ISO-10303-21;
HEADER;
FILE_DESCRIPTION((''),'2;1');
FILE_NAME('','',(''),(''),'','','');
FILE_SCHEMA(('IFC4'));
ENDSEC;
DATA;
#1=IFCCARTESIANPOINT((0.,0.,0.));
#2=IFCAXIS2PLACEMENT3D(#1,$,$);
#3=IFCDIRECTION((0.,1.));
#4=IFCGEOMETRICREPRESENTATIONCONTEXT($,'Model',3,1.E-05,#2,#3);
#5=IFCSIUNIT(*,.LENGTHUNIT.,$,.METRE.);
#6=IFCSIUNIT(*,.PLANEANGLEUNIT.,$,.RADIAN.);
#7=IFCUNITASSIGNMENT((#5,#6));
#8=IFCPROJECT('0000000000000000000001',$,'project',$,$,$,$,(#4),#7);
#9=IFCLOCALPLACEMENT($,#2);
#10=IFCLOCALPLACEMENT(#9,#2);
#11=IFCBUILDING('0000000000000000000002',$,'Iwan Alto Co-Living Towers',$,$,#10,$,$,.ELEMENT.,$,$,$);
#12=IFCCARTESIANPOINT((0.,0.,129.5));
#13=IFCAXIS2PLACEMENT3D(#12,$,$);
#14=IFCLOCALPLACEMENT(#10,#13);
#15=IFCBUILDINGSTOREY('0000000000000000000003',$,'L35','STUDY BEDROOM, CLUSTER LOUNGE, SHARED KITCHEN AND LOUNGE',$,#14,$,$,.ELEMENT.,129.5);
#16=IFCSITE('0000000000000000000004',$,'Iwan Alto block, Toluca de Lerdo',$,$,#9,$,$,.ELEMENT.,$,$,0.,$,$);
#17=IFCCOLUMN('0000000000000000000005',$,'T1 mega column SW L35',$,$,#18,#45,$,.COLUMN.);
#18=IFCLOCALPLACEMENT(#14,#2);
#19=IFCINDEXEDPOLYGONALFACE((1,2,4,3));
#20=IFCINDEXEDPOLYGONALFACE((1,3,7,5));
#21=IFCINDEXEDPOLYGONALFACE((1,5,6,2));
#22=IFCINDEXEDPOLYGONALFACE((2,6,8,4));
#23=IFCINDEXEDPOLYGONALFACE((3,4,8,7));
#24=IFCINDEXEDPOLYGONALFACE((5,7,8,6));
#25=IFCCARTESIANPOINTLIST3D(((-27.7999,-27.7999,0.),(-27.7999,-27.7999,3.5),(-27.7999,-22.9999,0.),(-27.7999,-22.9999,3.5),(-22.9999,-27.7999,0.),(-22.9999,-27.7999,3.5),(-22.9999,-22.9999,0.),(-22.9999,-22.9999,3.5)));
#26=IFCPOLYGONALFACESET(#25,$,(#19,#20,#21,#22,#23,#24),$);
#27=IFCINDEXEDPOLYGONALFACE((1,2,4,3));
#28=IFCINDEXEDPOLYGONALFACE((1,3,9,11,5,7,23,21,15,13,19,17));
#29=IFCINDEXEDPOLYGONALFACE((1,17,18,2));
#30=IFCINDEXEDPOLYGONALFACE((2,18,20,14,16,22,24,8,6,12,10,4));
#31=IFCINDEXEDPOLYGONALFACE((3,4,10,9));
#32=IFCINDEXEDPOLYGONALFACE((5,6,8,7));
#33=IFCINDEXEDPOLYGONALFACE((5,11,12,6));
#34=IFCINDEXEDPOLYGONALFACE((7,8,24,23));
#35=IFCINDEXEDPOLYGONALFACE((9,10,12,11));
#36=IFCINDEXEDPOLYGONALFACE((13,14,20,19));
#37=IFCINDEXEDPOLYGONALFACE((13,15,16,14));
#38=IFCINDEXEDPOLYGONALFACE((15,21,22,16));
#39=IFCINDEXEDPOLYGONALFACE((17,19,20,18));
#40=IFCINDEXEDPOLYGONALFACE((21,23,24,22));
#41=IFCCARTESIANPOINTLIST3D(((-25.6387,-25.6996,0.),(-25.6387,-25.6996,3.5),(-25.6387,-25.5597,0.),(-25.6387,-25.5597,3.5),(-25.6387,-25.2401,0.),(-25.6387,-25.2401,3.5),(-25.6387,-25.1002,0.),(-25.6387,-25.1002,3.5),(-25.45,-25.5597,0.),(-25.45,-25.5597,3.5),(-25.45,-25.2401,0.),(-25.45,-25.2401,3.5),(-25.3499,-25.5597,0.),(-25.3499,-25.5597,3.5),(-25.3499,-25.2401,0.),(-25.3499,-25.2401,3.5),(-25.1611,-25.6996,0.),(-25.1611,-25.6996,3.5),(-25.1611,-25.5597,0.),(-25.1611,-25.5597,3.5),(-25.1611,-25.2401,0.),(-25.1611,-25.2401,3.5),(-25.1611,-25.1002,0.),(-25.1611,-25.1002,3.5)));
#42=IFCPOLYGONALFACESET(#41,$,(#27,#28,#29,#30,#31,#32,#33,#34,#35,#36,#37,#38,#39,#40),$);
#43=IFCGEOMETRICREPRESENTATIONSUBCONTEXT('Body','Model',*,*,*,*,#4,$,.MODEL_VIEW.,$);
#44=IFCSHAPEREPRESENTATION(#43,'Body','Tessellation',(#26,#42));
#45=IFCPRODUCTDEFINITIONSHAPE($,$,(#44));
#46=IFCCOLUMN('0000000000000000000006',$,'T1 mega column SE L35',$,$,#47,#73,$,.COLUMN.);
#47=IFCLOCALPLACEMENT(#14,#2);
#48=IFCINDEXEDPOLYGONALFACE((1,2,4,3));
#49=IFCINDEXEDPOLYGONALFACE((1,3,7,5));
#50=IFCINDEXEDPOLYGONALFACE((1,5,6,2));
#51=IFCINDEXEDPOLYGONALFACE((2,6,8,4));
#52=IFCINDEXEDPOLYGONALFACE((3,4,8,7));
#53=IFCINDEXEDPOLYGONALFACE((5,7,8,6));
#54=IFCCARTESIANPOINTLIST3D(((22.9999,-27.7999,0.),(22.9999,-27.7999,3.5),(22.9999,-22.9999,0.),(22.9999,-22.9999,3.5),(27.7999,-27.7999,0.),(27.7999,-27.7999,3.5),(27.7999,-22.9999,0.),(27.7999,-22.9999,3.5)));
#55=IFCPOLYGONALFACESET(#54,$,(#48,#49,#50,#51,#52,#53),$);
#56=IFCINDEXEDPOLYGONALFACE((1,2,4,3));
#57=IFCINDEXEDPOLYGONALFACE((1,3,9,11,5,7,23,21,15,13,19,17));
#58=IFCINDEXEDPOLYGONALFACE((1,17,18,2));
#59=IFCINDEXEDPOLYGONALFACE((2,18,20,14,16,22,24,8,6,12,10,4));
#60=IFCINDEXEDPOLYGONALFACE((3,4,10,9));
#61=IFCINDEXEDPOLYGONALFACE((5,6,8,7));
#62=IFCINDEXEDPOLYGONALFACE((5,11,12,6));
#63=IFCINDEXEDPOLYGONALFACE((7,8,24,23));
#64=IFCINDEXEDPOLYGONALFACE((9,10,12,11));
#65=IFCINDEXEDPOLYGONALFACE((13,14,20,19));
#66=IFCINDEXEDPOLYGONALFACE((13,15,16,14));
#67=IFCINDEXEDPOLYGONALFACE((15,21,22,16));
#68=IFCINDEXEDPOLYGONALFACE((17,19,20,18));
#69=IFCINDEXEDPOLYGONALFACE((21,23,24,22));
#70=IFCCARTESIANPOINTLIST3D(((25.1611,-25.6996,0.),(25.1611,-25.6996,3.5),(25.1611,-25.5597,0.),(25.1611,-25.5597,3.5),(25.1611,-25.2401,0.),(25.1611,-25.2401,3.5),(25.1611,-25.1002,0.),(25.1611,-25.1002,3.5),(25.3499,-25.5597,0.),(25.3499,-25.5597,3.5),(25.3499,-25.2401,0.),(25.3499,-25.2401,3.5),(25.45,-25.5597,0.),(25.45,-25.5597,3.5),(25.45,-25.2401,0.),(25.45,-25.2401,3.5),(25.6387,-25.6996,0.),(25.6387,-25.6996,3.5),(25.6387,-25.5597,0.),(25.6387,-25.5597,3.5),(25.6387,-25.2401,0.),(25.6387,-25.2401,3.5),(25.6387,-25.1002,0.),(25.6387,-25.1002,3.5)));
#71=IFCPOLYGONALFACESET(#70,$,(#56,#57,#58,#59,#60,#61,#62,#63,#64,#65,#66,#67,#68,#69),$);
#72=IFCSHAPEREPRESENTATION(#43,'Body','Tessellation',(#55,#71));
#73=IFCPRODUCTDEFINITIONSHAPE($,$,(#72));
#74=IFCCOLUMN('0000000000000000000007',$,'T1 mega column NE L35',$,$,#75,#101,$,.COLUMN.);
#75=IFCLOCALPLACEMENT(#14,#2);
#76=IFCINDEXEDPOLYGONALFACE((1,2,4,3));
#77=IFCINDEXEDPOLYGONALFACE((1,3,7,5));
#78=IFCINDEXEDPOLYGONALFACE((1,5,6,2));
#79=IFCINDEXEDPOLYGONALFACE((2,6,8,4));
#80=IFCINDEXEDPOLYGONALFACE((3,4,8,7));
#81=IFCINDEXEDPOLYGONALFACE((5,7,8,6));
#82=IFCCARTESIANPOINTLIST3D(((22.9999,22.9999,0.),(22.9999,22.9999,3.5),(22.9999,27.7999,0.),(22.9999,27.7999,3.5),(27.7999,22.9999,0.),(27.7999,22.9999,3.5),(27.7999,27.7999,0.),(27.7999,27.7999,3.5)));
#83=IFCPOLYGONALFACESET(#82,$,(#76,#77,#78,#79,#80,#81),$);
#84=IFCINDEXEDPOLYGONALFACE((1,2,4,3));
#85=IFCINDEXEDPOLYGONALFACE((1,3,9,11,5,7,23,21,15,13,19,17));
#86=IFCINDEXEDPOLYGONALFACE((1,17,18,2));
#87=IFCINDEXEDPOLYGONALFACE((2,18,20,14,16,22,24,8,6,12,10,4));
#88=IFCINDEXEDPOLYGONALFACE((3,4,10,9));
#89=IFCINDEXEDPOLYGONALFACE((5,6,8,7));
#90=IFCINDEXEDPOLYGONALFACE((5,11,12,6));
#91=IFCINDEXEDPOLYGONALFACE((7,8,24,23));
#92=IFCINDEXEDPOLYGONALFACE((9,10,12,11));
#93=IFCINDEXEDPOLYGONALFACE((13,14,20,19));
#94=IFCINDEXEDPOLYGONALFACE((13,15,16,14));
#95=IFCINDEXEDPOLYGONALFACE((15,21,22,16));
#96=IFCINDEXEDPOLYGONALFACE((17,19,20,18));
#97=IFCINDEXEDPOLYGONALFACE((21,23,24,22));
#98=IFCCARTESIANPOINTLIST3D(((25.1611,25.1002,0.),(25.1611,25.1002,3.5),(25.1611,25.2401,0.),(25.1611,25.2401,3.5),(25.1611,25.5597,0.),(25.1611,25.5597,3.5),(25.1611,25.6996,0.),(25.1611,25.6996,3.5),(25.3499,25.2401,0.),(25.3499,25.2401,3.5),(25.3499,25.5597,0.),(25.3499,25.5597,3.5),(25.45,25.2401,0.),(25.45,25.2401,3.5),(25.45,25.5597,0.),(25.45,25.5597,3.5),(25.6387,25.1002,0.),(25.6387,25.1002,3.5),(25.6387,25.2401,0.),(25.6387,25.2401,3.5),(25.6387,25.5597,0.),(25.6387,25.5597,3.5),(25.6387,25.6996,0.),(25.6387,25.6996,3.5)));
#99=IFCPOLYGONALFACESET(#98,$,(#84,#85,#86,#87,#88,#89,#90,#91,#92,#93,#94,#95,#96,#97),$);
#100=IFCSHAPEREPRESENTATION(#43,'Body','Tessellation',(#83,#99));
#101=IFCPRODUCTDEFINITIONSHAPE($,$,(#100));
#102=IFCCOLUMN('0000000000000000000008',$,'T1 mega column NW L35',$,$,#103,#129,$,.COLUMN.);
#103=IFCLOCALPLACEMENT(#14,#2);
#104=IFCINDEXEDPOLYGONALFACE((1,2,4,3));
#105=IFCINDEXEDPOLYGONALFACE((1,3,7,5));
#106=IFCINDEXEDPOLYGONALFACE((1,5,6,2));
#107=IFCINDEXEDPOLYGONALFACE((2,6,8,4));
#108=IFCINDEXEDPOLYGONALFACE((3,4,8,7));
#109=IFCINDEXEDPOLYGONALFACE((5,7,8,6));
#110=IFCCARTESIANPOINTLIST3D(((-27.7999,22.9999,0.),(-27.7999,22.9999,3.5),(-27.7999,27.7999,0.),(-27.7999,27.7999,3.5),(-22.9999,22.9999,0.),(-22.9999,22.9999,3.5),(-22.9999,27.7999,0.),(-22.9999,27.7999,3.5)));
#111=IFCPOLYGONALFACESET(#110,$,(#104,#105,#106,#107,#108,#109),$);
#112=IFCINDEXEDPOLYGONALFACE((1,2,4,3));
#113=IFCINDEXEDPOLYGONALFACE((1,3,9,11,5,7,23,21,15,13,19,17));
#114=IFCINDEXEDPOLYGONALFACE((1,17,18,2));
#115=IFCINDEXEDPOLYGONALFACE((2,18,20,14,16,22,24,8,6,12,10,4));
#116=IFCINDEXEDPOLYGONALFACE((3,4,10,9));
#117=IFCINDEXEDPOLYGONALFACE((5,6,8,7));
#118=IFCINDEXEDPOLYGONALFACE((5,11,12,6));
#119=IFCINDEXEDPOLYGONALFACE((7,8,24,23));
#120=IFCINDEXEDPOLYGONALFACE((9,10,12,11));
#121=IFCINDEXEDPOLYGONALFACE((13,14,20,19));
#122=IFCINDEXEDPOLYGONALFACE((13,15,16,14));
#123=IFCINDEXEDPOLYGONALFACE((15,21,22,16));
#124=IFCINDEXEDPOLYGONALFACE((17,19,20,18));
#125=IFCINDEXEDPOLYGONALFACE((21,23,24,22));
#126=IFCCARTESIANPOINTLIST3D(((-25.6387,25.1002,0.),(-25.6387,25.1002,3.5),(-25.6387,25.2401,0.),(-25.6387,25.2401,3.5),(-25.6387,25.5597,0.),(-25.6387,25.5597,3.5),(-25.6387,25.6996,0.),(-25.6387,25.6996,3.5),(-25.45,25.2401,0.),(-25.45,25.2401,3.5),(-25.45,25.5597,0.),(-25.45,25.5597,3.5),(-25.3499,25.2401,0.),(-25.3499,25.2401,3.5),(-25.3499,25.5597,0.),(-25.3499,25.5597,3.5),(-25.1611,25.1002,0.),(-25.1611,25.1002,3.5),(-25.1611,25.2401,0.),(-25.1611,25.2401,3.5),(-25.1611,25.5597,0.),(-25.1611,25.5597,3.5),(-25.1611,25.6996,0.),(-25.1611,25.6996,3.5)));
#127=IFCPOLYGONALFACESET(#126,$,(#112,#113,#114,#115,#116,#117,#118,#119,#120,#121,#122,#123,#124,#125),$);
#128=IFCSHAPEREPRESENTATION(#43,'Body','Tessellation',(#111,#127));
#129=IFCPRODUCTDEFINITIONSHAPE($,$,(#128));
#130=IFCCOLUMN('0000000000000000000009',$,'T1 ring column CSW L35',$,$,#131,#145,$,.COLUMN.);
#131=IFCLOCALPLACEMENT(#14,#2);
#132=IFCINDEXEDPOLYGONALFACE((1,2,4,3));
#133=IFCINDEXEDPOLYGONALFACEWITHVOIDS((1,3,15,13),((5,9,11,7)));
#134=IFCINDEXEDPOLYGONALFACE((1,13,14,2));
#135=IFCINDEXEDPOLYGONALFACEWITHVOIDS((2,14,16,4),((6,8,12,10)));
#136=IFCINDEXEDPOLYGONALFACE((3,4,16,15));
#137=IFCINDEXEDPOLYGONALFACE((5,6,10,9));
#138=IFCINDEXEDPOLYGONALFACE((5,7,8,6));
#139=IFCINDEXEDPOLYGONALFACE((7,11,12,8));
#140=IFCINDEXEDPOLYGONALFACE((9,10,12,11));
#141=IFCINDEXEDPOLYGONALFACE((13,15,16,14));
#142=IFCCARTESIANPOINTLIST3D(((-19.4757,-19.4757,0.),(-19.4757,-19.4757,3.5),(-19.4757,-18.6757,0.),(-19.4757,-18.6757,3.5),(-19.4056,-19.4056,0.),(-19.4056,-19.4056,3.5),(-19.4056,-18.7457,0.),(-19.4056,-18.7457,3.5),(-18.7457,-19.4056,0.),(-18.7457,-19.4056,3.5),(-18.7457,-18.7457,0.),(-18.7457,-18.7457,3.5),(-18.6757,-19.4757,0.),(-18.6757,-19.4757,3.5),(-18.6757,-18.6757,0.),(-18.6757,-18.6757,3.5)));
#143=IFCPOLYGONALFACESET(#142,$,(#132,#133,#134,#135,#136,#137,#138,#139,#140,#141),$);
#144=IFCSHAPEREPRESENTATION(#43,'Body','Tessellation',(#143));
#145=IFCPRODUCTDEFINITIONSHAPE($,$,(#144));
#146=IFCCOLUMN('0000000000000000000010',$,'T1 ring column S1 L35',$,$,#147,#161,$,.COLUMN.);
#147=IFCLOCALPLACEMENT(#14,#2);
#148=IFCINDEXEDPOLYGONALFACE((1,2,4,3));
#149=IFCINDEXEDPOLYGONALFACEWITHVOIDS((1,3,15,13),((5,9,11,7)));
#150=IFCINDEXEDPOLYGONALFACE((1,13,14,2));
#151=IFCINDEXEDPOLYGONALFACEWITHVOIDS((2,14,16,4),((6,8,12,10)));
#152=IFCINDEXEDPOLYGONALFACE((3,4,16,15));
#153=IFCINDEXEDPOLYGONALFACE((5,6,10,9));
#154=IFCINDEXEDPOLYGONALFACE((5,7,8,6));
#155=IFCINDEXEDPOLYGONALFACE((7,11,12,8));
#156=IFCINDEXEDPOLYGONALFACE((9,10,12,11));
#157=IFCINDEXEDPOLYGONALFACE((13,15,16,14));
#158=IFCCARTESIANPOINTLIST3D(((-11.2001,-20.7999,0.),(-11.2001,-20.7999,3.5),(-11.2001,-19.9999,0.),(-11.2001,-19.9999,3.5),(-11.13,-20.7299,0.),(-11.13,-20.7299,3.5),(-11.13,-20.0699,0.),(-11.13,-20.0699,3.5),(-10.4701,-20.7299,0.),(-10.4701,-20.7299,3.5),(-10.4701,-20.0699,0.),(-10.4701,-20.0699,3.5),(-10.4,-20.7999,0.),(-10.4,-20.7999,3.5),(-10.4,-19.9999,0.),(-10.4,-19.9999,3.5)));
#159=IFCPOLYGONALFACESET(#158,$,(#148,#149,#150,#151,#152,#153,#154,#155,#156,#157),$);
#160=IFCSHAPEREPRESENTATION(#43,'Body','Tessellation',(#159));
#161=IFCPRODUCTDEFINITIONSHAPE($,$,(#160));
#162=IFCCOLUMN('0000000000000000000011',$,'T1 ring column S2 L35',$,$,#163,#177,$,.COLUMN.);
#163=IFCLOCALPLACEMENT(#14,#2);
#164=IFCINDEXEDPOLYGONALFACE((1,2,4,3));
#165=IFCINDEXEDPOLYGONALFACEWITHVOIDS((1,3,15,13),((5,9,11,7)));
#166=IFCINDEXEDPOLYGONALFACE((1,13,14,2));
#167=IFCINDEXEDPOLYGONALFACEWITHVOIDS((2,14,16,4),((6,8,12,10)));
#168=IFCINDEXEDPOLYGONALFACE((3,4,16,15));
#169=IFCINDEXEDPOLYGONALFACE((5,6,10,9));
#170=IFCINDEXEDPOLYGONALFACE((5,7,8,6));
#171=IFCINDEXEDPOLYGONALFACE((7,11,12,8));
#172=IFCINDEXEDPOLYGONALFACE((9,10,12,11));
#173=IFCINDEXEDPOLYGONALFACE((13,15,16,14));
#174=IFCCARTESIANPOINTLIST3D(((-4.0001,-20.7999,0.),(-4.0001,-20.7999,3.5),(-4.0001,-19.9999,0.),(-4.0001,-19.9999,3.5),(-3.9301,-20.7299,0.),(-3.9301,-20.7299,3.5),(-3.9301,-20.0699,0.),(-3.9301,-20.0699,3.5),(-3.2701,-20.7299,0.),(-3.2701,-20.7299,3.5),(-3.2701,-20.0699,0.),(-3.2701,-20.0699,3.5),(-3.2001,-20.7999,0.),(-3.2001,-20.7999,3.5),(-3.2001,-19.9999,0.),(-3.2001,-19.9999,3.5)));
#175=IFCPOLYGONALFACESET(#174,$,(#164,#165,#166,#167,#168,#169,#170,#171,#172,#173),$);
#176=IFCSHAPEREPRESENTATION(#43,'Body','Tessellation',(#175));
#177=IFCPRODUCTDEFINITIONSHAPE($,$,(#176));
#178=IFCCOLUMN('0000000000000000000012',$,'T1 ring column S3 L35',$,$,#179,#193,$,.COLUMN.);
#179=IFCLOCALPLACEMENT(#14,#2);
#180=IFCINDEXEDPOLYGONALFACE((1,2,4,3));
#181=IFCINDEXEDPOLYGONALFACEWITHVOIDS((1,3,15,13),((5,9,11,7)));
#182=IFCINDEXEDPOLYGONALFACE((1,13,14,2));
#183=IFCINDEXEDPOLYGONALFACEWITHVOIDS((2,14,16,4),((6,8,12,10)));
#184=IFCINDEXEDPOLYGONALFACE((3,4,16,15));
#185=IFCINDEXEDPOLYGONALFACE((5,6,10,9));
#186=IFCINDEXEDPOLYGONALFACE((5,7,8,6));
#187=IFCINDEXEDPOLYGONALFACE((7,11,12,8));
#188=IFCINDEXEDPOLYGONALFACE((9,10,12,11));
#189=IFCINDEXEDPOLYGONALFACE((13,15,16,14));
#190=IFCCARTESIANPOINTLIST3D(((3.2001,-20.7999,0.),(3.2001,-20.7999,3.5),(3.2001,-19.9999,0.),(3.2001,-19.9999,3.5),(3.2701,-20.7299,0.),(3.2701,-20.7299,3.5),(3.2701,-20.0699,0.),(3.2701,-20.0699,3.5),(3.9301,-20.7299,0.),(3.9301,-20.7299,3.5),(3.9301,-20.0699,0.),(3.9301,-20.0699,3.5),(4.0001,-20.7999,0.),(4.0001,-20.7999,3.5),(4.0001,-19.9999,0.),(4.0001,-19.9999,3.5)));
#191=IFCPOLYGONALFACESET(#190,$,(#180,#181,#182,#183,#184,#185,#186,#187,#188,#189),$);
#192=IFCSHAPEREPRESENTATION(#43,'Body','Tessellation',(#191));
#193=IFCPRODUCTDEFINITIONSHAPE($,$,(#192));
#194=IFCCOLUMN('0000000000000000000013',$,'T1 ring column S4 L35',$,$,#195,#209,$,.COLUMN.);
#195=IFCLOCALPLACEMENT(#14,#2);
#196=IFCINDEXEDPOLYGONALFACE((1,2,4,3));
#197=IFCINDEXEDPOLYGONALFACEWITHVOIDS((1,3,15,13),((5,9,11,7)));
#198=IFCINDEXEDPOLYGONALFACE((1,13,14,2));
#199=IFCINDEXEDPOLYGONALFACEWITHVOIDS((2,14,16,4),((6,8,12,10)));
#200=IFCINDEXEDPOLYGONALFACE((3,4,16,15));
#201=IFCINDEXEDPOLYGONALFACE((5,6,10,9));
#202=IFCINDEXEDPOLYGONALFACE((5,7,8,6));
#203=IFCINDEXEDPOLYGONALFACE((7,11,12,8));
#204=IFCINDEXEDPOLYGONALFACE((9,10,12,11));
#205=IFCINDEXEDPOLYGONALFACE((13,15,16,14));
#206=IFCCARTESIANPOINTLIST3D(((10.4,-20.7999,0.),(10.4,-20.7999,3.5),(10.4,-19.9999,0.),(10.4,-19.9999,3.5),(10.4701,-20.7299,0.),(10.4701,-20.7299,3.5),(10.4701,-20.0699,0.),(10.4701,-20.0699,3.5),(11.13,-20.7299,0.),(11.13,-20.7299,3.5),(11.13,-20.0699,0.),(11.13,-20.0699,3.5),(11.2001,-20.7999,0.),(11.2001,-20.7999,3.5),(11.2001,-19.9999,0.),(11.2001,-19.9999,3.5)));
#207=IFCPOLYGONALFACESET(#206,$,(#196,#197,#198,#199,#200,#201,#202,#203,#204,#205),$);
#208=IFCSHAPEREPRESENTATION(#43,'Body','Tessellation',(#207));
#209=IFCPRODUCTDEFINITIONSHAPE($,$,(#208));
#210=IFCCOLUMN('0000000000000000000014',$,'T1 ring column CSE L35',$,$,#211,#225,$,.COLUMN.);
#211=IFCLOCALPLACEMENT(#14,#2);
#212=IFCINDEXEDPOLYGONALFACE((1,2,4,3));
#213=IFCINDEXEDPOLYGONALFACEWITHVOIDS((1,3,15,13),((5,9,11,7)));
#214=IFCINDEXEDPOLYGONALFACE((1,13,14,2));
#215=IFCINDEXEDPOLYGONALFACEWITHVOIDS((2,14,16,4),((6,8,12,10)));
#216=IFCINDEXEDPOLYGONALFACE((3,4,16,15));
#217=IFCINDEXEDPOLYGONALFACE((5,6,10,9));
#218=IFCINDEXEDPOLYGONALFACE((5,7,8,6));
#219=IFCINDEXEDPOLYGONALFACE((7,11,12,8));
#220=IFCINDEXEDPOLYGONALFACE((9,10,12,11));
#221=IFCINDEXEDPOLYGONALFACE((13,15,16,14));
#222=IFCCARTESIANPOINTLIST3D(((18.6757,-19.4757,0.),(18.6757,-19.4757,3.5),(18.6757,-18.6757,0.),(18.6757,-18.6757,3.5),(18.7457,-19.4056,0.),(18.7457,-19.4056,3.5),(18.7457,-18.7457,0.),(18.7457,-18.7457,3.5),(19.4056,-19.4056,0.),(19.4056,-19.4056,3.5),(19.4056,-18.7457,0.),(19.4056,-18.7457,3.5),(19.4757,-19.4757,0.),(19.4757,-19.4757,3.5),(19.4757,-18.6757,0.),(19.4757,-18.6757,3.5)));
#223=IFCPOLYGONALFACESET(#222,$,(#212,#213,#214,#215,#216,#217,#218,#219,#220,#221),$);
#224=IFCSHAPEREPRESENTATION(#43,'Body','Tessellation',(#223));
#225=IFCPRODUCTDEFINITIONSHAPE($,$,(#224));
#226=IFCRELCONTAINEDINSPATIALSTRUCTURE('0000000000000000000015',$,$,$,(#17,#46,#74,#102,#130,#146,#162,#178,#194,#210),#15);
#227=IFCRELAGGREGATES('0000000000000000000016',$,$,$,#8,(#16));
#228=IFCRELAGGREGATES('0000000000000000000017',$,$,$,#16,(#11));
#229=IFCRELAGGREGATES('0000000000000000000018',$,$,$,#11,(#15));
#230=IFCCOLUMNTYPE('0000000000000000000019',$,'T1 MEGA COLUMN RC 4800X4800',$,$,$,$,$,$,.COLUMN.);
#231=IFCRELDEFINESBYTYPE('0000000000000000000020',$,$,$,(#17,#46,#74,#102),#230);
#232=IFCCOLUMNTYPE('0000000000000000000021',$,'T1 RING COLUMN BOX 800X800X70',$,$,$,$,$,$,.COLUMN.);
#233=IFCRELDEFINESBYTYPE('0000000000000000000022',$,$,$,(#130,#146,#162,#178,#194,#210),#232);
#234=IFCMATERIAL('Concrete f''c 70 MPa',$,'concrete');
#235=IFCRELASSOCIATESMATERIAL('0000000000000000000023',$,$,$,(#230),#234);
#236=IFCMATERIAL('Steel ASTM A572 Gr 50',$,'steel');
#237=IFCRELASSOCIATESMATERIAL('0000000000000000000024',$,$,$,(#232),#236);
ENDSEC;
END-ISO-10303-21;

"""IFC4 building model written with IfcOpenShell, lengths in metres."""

from ifc_helpers import new_model, si_unit, direction, frame, origin, origin_2d, place, context, subcontext, project, spatial, rectangle, hollow_rectangle, i_section, extrude, material, material_profile, profile_set, type_object, element, save


model = new_model("IFC4")

# Units and contexts
model_context = context("Model", 3, precision=1e-05, world=origin(), true_north=direction((0.0, 1.0)))
body_context = subcontext(model_context, "Body", "Model", "MODEL_VIEW")
ifc_project = project(units=[si_unit("LENGTHUNIT", "METRE"), si_unit("PLANEANGLEUNIT", "RADIAN")], contexts=[model_context])

# Site, building, storey
site_placement = place(None, origin())
site = spatial("IfcSite", under=ifc_project, at=site_placement, Name="Iwan Alto block, Toluca de Lerdo", CompositionType="ELEMENT", RefElevation=0.0)
building_placement = place(site_placement, origin())
building = spatial("IfcBuilding", under=site, at=building_placement, Name="Iwan Alto Co-Living Towers", CompositionType="ELEMENT")
storey_placement = place(building_placement, frame((0.0, 0.0, 129.5)))
storey = spatial("IfcBuildingStorey", under=building, at=storey_placement, Name="L35", Description="STUDY BEDROOM, CLUSTER LOUNGE, SHARED KITCHEN AND LOUNGE", CompositionType="ELEMENT", Elevation=129.5)

# Columns
ifc_material_1 = material(Name="Concrete f'c 70 MPa", Category="concrete")
ifc_material_profile_1 = material_profile(ifc_material_1, rectangle(XDim=4.8, YDim=4.8, at=origin_2d()), Name="RC 4800X4800")
ifc_profile_set_1 = profile_set([ifc_material_profile_1], Name="Concrete f'c 70 MPa")
column_type_1 = type_object("IfcColumnType", Name="T1 MEGA COLUMN RC 4800X4800", PredefinedType="COLUMN", material=ifc_profile_set_1)
for number, where, z_axis, x_axis, name in (
    (1, (-25.3999, -25.3999, 0.0), (0.0, 0.0, 1.0), (1.0, 0.0, 0.0), "T1 mega column SW L35"),
    (2, (25.3999, -25.3999, 0.0), (0.0, 0.0, 1.0), (1.0, 0.0, 0.0), "T1 mega column SE L35"),
    (3, (25.3999, 25.3999, 0.0), (0.0, 0.0, 1.0), (1.0, 0.0, 0.0), "T1 mega column NE L35"),
    (4, (-25.3999, 25.3999, 0.0), (0.0, 0.0, 1.0), (1.0, 0.0, 0.0), "T1 mega column NW L35"),
):
    element("IfcColumn", number, at=place(storey_placement, frame(where, z_axis=z_axis, x_axis=x_axis)), inside=storey, type_object=column_type_1, Name=name, PredefinedType="COLUMN", context=body_context, shape_type="SweptSolid", body=[
        extrude(rectangle(XDim=4.8, YDim=4.8, at=origin_2d()), origin(), (0.0, 0.0, 1.0), 3.5),
        extrude(i_section(OverallWidth=0.4775, OverallDepth=0.5994, WebThickness=0.1001, FlangeThickness=0.1399, at=origin_2d()), origin(), (0.0, 0.0, 1.0), 3.5),
    ])
ifc_material_2 = material(Name="Steel ASTM A572 Gr 50", Category="steel")
ifc_material_profile_2 = material_profile(ifc_material_2, hollow_rectangle(XDim=0.8, YDim=0.8, WallThickness=0.0701, at=origin_2d()), Name="BOX 800X800X70")
ifc_profile_set_2 = profile_set([ifc_material_profile_2], Name="Steel ASTM A572 Gr 50")
column_type_2 = type_object("IfcColumnType", Name="T1 RING COLUMN BOX 800X800X70", PredefinedType="COLUMN", material=ifc_profile_set_2)
for number, where, z_axis, x_axis, name in (
    (5, (-19.0757, -19.0757, 0.0), (0.0, 0.0, 1.0), (1.0, 0.0, 0.0), "T1 ring column CSW L35"),
    (6, (-10.8, -20.3999, 0.0), (0.0, 0.0, 1.0), (1.0, 0.0, 0.0), "T1 ring column S1 L35"),
    (7, (-3.6001, -20.3999, 0.0), (0.0, 0.0, 1.0), (1.0, 0.0, 0.0), "T1 ring column S2 L35"),
    (8, (3.6001, -20.3999, 0.0), (0.0, 0.0, 1.0), (1.0, 0.0, 0.0), "T1 ring column S3 L35"),
    (9, (10.8, -20.3999, 0.0), (0.0, 0.0, 1.0), (1.0, 0.0, 0.0), "T1 ring column S4 L35"),
    (10, (19.0757, -19.0757, 0.0), (0.0, 0.0, 1.0), (1.0, 0.0, 0.0), "T1 ring column CSE L35"),
):
    element("IfcColumn", number, at=place(storey_placement, frame(where, z_axis=z_axis, x_axis=x_axis)), inside=storey, type_object=column_type_2, Name=name, PredefinedType="COLUMN", context=body_context, shape_type="SweptSolid", body=[
        extrude(hollow_rectangle(XDim=0.8, YDim=0.8, WallThickness=0.0701, at=origin_2d()), origin(), (0.0, 0.0, 1.0), 3.5),
    ])

save(model, "model.ifc")
